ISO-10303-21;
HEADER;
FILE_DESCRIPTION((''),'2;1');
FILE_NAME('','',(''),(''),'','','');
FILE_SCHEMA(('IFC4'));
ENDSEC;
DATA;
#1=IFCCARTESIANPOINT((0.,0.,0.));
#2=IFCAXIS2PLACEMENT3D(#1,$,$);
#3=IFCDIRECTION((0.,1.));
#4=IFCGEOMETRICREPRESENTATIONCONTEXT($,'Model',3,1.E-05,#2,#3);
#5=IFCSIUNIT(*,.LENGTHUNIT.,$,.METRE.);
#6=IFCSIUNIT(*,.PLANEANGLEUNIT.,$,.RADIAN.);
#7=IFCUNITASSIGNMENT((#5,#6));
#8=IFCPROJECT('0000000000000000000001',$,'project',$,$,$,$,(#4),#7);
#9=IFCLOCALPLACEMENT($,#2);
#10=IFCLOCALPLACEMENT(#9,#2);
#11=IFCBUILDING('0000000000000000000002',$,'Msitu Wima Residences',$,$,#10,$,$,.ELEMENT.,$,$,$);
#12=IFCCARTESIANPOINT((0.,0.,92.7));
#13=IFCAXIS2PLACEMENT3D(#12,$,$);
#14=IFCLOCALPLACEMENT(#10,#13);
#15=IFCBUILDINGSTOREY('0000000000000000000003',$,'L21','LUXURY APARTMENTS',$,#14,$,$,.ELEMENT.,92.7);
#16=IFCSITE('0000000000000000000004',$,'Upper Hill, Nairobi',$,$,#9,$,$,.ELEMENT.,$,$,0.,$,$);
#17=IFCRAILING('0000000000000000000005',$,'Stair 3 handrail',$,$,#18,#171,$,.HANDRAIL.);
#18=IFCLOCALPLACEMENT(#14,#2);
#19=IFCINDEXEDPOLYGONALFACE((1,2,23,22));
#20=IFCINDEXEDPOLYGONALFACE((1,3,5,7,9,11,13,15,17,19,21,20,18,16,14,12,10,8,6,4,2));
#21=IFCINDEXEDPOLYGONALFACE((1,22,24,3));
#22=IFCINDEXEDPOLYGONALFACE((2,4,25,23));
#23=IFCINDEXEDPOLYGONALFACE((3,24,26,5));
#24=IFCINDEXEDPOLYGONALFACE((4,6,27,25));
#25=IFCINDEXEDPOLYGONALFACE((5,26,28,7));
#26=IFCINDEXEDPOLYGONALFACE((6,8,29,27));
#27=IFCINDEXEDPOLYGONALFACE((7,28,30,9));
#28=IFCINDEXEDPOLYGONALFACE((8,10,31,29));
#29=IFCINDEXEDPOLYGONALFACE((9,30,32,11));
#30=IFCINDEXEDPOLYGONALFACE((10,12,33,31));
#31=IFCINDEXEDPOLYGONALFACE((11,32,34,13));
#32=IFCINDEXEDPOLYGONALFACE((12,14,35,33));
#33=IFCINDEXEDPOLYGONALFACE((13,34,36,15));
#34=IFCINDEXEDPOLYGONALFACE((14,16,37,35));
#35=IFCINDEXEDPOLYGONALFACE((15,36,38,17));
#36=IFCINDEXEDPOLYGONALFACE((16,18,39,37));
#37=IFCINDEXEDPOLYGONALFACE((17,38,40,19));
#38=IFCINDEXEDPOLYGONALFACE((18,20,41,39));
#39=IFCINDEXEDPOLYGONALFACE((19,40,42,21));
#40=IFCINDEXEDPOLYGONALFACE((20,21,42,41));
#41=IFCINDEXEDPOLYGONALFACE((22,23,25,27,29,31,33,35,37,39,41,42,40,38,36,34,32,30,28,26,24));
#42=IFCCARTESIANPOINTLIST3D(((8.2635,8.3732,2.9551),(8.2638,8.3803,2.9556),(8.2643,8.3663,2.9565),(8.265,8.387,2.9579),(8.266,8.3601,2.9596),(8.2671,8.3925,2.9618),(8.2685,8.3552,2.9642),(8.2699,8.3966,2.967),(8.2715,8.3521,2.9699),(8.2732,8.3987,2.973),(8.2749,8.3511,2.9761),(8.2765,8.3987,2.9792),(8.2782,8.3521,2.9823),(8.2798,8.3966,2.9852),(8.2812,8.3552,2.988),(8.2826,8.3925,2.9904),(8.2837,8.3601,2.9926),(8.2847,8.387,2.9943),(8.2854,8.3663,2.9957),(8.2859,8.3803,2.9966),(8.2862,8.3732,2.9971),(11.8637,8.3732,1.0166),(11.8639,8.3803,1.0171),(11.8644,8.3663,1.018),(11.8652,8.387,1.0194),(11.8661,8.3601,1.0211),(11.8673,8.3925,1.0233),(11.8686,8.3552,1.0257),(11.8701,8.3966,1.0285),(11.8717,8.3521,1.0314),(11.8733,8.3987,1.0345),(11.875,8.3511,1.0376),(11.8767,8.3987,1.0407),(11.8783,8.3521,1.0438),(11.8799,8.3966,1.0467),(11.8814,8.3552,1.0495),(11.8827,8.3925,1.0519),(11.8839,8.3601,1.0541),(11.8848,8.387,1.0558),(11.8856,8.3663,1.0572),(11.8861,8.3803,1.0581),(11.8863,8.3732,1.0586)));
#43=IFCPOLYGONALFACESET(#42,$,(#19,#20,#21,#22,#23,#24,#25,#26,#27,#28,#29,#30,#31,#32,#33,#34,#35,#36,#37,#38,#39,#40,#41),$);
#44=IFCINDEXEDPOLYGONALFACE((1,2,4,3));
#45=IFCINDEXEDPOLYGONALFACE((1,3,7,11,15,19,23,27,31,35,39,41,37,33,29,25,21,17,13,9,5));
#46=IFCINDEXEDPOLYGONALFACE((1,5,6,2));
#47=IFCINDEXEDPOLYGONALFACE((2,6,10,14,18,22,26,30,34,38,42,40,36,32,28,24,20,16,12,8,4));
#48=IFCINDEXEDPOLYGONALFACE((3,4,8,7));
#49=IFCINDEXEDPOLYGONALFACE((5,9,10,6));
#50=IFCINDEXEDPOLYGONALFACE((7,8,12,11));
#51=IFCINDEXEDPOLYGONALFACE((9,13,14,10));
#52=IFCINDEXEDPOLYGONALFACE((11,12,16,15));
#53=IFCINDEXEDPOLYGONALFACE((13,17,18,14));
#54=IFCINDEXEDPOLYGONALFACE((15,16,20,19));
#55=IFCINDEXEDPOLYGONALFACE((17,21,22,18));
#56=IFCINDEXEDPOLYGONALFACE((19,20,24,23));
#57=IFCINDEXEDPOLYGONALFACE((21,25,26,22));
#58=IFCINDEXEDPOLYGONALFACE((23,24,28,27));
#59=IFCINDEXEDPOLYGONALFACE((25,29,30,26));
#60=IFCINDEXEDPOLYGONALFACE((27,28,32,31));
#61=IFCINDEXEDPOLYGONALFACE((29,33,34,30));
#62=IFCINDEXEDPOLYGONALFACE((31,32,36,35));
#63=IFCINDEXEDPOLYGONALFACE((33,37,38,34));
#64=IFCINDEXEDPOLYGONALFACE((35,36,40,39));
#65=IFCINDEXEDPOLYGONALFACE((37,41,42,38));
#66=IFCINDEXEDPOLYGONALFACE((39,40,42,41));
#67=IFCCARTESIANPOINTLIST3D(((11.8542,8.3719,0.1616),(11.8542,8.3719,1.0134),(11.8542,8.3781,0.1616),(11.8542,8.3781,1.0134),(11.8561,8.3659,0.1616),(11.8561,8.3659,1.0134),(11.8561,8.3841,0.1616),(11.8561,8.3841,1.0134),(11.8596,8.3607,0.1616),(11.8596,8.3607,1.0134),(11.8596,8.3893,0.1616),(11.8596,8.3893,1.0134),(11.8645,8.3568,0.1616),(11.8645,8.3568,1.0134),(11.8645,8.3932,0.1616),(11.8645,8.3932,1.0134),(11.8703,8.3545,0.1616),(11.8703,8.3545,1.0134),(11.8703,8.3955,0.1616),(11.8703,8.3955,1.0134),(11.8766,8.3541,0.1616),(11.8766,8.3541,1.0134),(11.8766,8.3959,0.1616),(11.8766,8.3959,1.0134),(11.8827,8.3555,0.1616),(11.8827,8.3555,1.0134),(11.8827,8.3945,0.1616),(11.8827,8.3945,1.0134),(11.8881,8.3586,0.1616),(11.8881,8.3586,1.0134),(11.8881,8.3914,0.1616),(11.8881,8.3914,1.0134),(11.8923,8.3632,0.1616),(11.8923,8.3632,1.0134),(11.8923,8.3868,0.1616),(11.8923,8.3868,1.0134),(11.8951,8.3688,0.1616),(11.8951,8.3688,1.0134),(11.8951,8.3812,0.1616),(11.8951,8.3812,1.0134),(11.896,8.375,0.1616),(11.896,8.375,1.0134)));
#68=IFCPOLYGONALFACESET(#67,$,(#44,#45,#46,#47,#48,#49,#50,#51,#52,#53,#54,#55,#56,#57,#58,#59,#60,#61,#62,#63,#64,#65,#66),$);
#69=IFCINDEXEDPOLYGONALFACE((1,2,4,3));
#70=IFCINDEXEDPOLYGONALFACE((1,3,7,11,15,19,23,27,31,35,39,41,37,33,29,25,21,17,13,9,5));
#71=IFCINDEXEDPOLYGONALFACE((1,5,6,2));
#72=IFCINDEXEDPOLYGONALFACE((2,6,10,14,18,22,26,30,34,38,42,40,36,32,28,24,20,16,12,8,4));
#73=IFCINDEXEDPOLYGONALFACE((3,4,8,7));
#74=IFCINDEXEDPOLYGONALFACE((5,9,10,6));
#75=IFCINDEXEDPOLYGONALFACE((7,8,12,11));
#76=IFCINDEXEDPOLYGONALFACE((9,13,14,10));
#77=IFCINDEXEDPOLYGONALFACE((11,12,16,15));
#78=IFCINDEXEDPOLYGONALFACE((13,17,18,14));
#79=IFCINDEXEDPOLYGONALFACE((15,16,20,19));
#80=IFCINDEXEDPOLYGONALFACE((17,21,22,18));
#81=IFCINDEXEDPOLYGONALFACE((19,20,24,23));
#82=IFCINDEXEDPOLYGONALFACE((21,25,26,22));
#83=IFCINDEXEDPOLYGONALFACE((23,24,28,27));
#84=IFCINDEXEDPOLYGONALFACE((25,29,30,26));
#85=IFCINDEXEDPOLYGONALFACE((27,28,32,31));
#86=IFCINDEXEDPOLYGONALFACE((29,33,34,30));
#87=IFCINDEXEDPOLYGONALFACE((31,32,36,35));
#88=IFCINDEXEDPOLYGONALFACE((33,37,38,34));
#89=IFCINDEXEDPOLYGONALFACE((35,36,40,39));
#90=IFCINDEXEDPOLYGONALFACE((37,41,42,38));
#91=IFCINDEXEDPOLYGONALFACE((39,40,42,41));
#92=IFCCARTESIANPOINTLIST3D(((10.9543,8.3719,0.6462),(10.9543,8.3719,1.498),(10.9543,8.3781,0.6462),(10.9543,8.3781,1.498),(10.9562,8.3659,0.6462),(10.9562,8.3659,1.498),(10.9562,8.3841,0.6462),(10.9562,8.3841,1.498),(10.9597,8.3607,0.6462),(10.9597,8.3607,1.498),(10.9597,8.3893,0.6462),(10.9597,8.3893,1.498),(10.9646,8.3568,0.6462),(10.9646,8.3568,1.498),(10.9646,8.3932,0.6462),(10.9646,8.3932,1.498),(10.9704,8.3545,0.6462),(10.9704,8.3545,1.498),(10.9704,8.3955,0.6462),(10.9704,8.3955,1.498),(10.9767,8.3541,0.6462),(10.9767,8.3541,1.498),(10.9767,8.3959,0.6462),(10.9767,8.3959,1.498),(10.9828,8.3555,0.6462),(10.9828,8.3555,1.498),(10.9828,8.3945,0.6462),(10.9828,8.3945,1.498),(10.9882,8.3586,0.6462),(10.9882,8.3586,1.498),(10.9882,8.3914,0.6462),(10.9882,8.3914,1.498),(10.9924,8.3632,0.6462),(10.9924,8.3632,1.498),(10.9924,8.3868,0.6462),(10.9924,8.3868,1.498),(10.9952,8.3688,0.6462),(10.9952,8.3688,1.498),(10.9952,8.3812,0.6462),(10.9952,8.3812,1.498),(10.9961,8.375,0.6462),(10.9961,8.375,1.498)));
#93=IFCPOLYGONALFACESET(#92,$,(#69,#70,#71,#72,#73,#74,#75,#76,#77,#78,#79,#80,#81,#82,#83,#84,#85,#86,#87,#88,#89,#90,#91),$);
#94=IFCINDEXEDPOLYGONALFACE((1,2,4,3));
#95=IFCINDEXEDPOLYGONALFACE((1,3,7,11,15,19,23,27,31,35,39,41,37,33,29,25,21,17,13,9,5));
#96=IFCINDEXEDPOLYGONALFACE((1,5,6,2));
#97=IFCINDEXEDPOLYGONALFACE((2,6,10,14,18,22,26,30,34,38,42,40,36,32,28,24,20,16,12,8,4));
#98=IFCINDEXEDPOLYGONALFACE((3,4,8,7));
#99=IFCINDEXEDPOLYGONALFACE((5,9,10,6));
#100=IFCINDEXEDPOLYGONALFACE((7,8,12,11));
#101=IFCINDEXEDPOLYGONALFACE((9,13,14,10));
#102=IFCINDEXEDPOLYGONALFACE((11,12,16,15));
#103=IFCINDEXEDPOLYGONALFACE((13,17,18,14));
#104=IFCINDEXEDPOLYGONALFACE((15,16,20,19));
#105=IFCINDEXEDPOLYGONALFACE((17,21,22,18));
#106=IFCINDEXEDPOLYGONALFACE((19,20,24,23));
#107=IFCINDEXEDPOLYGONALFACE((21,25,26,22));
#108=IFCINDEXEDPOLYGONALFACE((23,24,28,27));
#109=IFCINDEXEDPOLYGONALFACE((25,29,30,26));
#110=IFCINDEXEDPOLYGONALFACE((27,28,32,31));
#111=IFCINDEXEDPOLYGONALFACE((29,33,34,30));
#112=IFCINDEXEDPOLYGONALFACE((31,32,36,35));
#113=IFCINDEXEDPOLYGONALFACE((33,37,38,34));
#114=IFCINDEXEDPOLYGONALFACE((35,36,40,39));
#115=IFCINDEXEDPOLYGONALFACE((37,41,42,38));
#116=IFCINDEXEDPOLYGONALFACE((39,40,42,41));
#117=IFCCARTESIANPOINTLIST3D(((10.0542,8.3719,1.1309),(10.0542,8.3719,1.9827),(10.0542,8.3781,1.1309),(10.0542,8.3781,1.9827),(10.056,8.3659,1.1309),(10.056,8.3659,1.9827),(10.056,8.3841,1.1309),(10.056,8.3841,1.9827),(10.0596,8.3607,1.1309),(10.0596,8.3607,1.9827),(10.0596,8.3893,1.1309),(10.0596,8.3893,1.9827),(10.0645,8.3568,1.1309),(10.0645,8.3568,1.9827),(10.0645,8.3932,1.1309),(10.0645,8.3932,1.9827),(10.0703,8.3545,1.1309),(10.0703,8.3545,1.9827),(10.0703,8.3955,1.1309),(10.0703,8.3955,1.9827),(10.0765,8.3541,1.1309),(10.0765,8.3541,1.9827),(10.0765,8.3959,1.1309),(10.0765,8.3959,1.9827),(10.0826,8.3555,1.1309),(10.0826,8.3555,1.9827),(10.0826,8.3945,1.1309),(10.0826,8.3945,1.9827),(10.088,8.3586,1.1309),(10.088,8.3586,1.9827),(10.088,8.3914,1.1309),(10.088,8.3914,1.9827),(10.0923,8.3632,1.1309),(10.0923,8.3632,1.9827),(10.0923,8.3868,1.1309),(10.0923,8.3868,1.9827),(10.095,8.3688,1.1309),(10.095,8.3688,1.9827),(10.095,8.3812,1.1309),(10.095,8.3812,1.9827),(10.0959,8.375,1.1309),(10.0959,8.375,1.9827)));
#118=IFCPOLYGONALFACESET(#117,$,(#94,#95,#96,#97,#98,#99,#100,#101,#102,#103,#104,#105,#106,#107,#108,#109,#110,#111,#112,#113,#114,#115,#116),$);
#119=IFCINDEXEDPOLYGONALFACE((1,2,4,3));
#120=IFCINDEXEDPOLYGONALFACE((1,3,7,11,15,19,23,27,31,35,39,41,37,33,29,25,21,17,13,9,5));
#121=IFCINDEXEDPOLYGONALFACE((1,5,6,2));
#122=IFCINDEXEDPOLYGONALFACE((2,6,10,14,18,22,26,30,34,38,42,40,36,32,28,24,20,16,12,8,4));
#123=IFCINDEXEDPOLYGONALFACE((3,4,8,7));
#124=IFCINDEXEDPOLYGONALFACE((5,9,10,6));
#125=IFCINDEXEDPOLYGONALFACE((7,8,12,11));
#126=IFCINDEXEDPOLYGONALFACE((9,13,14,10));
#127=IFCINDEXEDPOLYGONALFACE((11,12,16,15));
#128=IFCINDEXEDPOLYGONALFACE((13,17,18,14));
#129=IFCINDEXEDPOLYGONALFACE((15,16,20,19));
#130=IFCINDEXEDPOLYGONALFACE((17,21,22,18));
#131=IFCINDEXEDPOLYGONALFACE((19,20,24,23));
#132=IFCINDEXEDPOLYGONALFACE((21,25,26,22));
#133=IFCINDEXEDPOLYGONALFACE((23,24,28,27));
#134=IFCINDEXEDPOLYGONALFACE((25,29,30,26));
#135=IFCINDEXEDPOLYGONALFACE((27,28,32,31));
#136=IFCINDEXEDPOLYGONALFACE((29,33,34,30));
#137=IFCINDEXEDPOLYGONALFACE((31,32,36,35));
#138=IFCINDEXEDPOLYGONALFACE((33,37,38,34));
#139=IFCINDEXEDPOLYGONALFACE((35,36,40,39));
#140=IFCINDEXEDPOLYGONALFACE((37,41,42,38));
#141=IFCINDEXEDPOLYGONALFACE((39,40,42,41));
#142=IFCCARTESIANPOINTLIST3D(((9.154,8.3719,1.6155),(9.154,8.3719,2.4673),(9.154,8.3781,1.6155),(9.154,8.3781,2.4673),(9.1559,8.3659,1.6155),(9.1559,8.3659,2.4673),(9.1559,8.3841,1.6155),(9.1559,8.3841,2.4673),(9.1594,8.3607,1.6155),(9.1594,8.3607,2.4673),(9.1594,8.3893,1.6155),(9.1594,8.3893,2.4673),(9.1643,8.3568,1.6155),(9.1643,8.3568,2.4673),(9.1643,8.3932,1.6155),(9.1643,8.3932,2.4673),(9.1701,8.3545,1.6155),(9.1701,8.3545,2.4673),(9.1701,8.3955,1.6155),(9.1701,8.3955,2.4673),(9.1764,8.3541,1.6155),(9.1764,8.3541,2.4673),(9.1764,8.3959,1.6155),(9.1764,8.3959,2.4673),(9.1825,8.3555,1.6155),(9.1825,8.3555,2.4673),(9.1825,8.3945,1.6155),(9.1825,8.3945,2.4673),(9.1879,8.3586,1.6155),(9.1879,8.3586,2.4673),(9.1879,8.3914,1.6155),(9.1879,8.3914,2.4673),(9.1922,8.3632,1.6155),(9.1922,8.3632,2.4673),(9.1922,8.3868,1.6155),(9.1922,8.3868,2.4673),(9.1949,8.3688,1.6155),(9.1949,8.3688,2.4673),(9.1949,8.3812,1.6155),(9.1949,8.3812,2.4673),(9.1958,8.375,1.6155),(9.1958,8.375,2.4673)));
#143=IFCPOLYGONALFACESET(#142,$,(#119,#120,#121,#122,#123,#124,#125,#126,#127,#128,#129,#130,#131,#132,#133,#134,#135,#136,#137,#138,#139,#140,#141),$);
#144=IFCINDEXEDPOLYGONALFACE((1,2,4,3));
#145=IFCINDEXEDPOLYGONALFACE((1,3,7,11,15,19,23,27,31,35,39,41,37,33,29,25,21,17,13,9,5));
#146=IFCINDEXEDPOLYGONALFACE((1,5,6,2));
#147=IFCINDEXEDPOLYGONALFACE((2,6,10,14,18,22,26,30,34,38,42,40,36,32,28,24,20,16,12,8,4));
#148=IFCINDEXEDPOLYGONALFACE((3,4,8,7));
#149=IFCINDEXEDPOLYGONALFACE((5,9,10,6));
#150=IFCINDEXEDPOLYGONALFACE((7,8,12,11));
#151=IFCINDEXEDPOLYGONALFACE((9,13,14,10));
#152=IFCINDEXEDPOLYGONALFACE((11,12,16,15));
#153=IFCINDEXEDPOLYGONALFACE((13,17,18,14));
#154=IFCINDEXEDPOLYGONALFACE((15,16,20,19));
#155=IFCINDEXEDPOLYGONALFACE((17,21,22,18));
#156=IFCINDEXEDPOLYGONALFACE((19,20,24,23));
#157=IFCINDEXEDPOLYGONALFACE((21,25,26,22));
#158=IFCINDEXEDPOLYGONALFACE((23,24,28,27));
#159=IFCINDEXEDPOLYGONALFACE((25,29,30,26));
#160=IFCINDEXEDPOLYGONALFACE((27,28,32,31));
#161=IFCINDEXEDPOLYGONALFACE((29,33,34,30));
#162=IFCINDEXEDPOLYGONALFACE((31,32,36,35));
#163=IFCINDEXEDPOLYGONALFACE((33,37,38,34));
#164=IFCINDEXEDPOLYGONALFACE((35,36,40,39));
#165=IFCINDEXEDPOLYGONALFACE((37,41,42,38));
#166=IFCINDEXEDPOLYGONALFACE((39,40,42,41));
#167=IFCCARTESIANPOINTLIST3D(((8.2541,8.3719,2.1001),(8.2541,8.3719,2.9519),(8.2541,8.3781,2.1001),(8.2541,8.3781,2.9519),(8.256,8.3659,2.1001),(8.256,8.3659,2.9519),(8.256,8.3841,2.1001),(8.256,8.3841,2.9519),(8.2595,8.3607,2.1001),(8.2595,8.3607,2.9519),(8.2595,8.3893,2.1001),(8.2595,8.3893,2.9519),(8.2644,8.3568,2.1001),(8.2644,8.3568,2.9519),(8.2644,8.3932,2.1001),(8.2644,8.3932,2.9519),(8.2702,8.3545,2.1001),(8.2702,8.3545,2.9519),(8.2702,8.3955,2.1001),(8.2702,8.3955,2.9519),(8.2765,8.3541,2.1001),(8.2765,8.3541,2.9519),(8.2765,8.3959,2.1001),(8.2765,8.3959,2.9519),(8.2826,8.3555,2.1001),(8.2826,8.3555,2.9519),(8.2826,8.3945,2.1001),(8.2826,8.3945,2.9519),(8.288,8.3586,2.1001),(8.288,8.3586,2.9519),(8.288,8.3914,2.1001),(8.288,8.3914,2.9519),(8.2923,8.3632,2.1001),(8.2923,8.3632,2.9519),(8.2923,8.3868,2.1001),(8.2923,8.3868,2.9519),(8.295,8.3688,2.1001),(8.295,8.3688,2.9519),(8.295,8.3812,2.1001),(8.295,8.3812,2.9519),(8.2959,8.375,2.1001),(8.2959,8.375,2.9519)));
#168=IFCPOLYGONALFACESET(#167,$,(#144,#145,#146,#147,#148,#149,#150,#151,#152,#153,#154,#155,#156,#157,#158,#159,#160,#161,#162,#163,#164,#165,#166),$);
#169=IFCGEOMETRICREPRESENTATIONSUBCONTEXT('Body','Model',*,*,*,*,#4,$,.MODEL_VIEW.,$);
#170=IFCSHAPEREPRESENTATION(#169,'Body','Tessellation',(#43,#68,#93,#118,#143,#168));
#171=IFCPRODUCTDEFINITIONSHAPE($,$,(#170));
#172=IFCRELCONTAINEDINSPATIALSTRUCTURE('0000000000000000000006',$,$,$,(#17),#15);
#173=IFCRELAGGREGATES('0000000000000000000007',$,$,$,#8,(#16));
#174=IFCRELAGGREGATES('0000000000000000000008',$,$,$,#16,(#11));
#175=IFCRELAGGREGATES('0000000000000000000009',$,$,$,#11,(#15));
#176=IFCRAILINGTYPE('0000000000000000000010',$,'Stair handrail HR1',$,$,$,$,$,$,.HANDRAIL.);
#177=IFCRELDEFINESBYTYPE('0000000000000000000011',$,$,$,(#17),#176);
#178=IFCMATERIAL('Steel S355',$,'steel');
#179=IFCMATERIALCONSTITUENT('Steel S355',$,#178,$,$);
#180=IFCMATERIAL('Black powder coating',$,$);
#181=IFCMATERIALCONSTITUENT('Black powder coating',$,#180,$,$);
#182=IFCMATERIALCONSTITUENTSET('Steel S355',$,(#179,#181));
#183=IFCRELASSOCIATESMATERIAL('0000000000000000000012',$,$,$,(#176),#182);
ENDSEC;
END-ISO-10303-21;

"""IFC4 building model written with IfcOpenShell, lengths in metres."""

from ifc_helpers import new_model, si_unit, direction, frame, origin, origin_2d, place, context, subcontext, project, spatial, circle, extrude, material, constituent, constituent_set, type_object, element, save


model = new_model("IFC4")

# Units and contexts
model_context = context("Model", 3, precision=1e-05, world=origin(), true_north=direction((0.0, 1.0)))
body_context = subcontext(model_context, "Body", "Model", "MODEL_VIEW")
ifc_project = project(units=[si_unit("LENGTHUNIT", "METRE"), si_unit("PLANEANGLEUNIT", "RADIAN")], contexts=[model_context])

# Site, building, storey
site_placement = place(None, origin())
site = spatial("IfcSite", under=ifc_project, at=site_placement, Name="Upper Hill, Nairobi", CompositionType="ELEMENT", RefElevation=0.0)
building_placement = place(site_placement, origin())
building = spatial("IfcBuilding", under=site, at=building_placement, Name="Msitu Wima Residences", CompositionType="ELEMENT")
storey_placement = place(building_placement, frame((0.0, 0.0, 92.7)))
storey = spatial("IfcBuildingStorey", under=building, at=storey_placement, Name="L21", Description="LUXURY APARTMENTS", CompositionType="ELEMENT", Elevation=92.7)

# Railing
ifc_material_1 = material(Name="Steel S355", Category="steel")
ifc_constituent_1 = constituent(ifc_material_1, Name="Steel S355")
ifc_material_2 = material(Name="Black powder coating")
ifc_constituent_2 = constituent(ifc_material_2, Name="Black powder coating")
ifc_constituent_set = constituent_set(constituents=[ifc_constituent_1, ifc_constituent_2], Name="Steel S355")
railing_type = type_object("IfcRailingType", Name="Stair handrail HR1", PredefinedType="HANDRAIL", material=ifc_constituent_set)
for number, where, name in (
    (1, (11.875, 8.375, 0.1616), "Stair 3 handrail"),
):
    element("IfcRailing", number, at=place(storey_placement, frame(where)), inside=storey, type_object=railing_type, Name=name, PredefinedType="HANDRAIL", context=body_context, shape_type="SweptSolid", body=[
        extrude(circle(Radius=0.0239, at=origin_2d()), frame((0.0, 0.0, 0.876), z_axis=(-0.880475, 0.0, 0.474093), x_axis=(0.0, -1.0, 0.0)), (0.0, 0.0, 1.0), 4.0889),
        extrude(circle(Radius=0.021, at=origin_2d()), origin(), (0.0, 0.0, 1.0), 0.8518),
        extrude(circle(Radius=0.021, at=origin_2d()), frame((-0.8999, 0.0, 0.4846)), (0.0, 0.0, 1.0), 0.8518),
        extrude(circle(Radius=0.021, at=origin_2d()), frame((-1.8, 0.0, 0.9692)), (0.0, 0.0, 1.0), 0.8518),
        extrude(circle(Radius=0.021, at=origin_2d()), frame((-2.7002, 0.0, 1.4539)), (0.0, 0.0, 1.0), 0.8518),
        extrude(circle(Radius=0.021, at=origin_2d()), frame((-3.6001, 0.0, 1.9385)), (0.0, 0.0, 1.0), 0.8518),
    ])

save(model, "model.ifc")
